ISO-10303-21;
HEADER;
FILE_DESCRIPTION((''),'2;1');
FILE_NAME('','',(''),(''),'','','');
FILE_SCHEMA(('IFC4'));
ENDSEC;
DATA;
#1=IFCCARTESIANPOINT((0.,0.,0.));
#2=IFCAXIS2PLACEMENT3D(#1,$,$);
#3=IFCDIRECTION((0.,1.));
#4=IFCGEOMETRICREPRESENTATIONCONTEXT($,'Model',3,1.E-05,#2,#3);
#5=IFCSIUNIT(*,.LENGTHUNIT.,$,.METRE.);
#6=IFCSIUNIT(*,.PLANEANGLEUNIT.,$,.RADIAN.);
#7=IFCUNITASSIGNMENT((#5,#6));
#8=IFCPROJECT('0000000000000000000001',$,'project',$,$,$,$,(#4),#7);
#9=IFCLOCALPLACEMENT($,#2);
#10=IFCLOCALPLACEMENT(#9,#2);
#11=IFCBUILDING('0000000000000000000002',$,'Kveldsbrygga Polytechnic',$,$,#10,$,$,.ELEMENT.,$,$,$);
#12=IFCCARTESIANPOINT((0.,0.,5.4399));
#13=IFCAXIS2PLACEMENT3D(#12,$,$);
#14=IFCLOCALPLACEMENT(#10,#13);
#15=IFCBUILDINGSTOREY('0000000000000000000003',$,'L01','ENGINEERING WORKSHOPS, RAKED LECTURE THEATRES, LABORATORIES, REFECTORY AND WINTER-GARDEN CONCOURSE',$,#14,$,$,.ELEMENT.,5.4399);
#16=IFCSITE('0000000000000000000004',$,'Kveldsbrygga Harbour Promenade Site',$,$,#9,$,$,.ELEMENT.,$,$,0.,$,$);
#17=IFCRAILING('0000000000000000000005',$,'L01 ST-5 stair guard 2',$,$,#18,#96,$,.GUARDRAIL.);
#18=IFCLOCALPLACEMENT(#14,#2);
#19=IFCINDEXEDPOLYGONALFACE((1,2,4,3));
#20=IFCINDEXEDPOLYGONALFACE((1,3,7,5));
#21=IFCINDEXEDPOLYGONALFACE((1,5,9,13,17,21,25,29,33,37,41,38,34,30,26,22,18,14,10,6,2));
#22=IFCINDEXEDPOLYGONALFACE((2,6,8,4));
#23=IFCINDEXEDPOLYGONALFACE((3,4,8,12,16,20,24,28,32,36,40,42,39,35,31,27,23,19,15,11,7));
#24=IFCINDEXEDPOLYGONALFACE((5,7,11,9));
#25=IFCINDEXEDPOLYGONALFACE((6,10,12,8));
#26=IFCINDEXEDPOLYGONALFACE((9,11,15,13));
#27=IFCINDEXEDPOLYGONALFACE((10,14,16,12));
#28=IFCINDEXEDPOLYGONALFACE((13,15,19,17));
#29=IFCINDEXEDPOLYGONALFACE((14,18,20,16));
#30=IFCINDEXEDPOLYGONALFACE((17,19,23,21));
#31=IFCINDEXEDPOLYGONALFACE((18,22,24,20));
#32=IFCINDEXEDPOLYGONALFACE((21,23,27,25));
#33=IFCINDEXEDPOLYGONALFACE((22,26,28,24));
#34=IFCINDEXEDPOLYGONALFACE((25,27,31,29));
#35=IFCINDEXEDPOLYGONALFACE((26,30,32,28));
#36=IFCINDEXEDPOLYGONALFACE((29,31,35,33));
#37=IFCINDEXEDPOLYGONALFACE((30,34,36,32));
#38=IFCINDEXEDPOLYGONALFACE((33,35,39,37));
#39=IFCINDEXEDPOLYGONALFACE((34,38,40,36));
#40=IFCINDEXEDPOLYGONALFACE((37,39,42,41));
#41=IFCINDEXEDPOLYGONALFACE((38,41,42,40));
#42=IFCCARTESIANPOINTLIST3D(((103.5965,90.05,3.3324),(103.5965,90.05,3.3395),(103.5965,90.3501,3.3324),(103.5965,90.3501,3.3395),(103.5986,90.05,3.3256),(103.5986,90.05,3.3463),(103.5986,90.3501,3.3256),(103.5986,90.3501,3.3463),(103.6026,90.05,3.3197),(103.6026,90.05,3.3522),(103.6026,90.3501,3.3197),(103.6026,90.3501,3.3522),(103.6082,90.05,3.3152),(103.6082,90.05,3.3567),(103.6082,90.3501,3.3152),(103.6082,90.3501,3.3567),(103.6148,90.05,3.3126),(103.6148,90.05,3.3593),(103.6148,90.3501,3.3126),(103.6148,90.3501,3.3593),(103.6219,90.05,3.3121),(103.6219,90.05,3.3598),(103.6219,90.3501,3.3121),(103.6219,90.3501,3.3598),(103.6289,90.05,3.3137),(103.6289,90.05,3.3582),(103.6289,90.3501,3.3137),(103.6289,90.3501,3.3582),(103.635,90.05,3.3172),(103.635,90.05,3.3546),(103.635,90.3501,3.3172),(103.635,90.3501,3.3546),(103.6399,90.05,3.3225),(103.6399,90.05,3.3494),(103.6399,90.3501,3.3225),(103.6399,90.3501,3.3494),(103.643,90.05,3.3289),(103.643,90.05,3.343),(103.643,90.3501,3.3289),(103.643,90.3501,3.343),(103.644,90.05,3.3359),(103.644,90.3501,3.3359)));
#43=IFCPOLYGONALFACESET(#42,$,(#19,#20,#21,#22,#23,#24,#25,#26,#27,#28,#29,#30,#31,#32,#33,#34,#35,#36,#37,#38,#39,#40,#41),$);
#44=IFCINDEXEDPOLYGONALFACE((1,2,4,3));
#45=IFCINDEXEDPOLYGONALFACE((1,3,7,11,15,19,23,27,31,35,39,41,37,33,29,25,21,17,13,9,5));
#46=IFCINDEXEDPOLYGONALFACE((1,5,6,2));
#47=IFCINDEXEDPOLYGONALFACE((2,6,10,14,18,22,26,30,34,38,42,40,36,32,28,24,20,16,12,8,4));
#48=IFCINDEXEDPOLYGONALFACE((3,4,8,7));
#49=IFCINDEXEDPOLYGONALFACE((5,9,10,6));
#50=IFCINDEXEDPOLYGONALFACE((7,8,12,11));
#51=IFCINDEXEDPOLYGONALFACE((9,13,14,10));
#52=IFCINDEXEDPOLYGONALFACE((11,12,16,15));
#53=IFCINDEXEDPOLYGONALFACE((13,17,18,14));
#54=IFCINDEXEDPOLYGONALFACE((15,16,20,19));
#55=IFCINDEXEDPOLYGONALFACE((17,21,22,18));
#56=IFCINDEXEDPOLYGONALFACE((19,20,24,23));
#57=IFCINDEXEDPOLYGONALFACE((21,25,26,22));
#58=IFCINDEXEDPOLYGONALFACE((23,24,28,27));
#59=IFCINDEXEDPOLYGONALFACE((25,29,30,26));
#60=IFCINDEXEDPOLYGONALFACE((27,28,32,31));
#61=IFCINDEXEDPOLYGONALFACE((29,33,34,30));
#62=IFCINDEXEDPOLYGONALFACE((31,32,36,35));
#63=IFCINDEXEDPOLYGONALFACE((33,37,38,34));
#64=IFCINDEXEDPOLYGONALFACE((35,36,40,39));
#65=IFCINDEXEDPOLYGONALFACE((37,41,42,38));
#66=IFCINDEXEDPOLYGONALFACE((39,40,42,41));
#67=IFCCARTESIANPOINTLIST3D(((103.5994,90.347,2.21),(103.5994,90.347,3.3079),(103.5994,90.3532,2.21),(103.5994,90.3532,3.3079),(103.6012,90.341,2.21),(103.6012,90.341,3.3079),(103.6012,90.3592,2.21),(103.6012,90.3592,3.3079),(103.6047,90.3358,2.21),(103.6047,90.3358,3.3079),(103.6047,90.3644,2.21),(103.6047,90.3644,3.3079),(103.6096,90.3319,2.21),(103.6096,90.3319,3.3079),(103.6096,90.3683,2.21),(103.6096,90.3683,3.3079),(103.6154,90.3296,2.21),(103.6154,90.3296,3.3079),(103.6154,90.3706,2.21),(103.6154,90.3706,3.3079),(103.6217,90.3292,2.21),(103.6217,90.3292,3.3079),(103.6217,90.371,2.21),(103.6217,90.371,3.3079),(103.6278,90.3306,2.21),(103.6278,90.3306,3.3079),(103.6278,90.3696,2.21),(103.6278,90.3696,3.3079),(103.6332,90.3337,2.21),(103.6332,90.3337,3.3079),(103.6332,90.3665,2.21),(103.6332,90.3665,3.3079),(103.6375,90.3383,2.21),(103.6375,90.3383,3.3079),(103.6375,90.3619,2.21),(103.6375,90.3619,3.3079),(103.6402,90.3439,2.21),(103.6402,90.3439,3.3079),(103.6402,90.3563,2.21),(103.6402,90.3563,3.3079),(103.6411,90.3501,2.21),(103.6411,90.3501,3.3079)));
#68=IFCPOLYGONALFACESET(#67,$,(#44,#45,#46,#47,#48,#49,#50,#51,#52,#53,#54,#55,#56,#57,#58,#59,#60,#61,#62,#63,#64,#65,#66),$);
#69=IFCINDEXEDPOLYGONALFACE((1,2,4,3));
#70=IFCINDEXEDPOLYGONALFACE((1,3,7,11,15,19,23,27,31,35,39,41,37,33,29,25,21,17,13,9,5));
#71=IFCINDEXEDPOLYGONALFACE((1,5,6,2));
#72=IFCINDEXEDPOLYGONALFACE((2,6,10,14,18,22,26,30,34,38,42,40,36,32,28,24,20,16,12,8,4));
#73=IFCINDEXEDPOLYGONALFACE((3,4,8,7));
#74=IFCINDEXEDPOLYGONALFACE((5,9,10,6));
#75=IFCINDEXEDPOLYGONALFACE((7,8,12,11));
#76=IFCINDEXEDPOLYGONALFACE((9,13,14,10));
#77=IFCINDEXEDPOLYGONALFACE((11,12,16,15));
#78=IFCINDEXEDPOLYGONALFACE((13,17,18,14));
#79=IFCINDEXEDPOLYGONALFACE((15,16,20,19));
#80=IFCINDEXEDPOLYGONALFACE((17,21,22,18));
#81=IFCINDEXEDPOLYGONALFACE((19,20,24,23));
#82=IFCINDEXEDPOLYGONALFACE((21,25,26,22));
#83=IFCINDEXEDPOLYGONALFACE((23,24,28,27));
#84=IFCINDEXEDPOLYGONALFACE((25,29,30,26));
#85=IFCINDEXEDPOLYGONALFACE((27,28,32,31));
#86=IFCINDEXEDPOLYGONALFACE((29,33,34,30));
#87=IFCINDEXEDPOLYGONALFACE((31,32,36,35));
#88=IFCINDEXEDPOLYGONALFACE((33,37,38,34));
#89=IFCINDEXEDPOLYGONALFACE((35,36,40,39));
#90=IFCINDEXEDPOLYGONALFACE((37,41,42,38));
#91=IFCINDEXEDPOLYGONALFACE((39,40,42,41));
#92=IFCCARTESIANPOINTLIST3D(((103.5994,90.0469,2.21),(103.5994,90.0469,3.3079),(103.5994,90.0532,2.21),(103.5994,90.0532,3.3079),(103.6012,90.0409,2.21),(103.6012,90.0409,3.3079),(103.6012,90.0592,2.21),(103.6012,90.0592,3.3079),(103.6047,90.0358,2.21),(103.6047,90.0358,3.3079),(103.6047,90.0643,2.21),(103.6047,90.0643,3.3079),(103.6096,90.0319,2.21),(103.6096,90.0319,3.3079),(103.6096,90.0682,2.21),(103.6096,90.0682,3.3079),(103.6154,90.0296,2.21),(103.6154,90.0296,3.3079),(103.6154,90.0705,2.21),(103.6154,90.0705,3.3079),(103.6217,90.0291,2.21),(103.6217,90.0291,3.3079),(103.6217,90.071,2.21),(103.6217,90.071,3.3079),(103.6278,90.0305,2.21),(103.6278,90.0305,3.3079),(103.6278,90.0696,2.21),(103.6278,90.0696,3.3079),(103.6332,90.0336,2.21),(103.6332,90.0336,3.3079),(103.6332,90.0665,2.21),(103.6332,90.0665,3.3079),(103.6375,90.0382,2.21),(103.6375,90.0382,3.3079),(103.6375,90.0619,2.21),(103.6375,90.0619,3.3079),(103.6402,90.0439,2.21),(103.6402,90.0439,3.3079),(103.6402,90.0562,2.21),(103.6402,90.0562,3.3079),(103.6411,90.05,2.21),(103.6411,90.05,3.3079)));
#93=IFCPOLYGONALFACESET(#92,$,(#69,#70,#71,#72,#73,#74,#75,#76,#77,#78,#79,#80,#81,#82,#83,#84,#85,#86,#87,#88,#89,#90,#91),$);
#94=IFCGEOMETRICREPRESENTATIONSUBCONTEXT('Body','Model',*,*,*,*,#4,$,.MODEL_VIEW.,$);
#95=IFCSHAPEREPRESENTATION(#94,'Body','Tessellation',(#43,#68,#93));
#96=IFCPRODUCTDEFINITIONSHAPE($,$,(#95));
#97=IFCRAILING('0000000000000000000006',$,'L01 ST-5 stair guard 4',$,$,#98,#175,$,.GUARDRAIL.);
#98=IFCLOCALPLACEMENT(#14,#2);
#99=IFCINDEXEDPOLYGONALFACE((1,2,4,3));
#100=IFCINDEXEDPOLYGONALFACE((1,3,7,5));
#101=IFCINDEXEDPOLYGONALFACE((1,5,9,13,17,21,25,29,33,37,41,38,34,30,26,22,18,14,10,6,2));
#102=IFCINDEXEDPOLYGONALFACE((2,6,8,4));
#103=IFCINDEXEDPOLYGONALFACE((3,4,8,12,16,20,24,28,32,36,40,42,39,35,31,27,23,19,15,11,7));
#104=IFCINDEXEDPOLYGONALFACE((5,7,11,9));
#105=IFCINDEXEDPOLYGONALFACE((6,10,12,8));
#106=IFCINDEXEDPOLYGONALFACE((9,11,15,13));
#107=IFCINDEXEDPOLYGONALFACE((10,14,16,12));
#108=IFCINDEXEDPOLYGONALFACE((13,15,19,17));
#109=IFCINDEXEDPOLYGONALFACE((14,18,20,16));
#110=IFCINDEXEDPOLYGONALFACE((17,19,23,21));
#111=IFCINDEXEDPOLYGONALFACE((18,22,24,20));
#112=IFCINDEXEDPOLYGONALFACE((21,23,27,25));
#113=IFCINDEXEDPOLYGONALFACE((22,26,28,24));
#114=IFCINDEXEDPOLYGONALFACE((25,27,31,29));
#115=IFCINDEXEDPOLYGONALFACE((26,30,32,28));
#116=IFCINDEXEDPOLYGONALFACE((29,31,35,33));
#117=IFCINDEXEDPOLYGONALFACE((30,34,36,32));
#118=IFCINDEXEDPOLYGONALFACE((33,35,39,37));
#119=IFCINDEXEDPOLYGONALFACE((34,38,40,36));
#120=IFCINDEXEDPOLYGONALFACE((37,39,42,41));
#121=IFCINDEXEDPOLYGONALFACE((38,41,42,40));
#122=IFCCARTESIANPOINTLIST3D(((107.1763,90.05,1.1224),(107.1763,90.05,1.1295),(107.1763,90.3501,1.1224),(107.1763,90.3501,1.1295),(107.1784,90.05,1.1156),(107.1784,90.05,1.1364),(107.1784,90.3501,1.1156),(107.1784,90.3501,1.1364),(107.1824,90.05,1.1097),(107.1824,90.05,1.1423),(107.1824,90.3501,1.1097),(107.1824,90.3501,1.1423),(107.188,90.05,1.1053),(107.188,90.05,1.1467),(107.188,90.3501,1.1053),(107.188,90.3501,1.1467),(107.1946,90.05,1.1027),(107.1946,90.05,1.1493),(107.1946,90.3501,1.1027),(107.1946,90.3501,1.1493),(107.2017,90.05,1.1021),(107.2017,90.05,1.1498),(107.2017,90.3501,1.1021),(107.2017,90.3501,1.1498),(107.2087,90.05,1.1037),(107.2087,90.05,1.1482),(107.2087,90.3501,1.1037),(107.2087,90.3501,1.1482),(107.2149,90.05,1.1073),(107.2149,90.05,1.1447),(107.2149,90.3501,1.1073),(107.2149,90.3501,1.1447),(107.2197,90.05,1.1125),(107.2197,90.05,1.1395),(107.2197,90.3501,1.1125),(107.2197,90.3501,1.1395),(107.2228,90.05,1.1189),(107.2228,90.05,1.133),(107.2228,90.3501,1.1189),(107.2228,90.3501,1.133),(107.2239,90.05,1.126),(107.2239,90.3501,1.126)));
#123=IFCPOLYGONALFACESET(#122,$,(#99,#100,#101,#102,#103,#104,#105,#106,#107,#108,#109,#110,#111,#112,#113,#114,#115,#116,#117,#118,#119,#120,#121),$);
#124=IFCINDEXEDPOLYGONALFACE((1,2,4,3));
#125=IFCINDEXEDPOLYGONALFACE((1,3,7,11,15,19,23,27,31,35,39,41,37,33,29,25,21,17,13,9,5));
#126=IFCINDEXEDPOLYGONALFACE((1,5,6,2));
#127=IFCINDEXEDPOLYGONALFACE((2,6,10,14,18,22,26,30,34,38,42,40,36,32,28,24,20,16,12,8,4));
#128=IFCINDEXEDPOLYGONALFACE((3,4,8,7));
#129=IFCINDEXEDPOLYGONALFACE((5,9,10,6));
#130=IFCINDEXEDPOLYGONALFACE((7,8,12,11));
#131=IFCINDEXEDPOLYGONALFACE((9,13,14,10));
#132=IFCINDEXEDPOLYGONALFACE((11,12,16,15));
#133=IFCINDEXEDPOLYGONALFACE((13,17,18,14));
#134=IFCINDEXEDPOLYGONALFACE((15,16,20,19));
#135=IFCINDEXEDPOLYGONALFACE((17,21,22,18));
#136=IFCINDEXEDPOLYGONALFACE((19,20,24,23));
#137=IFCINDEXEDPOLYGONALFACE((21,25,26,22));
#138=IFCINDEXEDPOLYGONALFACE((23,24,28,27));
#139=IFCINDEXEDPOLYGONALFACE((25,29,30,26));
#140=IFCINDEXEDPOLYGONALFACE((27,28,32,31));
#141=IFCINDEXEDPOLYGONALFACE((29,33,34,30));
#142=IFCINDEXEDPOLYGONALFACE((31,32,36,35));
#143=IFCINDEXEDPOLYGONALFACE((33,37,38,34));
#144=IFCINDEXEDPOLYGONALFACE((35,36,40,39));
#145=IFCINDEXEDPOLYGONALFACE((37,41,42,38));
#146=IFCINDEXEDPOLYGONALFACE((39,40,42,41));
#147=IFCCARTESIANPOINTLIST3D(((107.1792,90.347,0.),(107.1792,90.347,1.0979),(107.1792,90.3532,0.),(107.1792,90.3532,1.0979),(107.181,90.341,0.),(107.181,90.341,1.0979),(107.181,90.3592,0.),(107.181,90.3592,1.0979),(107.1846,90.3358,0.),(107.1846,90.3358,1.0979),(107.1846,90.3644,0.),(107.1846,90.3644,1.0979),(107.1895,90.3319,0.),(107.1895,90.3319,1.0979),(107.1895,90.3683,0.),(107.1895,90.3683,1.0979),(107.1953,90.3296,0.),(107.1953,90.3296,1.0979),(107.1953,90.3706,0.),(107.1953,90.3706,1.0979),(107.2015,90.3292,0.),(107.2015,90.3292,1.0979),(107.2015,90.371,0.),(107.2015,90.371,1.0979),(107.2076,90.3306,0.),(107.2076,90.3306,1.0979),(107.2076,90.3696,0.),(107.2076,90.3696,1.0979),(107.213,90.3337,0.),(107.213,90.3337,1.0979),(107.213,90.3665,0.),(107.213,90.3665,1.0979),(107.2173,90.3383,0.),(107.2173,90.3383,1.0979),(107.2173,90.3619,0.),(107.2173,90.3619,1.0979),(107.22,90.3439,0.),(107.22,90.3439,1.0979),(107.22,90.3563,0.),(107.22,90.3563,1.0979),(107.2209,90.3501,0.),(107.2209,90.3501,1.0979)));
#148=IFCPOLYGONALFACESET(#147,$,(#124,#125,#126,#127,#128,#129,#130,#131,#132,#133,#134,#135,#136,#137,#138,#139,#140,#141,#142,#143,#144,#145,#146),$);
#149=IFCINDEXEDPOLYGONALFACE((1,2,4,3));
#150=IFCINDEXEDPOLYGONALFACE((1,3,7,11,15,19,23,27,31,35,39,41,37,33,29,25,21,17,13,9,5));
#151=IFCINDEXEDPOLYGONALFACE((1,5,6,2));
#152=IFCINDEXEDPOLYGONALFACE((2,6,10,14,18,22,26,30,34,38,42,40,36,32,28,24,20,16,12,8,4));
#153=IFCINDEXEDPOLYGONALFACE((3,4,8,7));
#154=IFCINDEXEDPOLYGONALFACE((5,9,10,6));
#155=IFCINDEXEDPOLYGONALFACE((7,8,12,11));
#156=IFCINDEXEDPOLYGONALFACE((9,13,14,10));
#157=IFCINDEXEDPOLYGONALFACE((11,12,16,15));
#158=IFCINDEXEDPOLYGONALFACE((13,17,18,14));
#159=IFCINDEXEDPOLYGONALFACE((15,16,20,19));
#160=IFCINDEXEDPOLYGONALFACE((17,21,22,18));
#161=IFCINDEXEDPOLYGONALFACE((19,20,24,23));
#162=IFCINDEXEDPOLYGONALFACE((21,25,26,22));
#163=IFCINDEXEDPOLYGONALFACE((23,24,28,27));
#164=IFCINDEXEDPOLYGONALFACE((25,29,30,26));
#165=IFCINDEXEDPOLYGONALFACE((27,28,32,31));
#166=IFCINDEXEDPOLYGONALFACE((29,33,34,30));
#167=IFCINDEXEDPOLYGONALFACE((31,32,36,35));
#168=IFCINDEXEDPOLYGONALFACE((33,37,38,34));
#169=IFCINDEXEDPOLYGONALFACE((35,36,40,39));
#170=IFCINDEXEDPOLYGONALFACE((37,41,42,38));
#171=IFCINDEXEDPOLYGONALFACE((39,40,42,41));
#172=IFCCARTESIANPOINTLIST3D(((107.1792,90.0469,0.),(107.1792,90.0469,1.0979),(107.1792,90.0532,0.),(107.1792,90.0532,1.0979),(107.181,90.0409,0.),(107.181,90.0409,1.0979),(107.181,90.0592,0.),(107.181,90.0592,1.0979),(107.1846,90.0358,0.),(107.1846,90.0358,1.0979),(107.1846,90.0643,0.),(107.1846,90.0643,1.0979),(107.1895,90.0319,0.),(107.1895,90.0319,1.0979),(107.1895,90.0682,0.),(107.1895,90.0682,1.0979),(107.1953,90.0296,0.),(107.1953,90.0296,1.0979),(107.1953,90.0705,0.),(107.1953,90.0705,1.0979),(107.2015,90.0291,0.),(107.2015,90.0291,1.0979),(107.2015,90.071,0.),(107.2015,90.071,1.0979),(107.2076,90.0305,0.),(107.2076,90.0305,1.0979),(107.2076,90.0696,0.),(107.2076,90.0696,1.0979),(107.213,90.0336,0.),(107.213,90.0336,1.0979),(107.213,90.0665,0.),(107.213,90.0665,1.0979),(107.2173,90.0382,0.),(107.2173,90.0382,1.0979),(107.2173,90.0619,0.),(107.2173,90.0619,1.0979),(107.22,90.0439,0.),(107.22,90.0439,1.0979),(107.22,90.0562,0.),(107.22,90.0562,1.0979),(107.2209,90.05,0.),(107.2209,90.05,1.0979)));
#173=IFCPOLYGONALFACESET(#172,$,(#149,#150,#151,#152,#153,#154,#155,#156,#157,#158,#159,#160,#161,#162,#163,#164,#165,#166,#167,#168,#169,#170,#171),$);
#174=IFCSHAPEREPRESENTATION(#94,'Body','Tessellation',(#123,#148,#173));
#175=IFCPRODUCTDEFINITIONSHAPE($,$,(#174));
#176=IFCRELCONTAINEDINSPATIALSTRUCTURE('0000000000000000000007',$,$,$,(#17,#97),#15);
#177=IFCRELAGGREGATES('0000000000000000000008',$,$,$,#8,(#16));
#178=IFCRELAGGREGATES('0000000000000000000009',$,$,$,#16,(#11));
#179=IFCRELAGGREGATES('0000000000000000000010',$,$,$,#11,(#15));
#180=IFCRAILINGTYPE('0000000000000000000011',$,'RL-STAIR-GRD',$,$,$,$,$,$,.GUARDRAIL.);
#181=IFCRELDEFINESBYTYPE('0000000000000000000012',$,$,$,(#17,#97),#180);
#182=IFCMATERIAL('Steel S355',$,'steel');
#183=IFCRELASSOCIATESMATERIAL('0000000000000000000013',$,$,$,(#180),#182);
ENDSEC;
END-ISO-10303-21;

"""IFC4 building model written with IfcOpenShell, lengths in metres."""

from ifc_helpers import new_model, si_unit, direction, frame, origin, origin_2d, place, context, subcontext, project, spatial, circle, extrude, material, type_object, element, save


model = new_model("IFC4")

# Units and contexts
model_context = context("Model", 3, precision=1e-05, world=origin(), true_north=direction((0.0, 1.0)))
body_context = subcontext(model_context, "Body", "Model", "MODEL_VIEW")
ifc_project = project(units=[si_unit("LENGTHUNIT", "METRE"), si_unit("PLANEANGLEUNIT", "RADIAN")], contexts=[model_context])

# Site, building, storey
site_placement = place(None, origin())
site = spatial("IfcSite", under=ifc_project, at=site_placement, Name="Kveldsbrygga Harbour Promenade Site", CompositionType="ELEMENT", RefElevation=0.0)
building_placement = place(site_placement, origin())
building = spatial("IfcBuilding", under=site, at=building_placement, Name="Kveldsbrygga Polytechnic", CompositionType="ELEMENT")
storey_placement = place(building_placement, frame((0.0, 0.0, 5.4399)))
storey = spatial("IfcBuildingStorey", under=building, at=storey_placement, Name="L01", Description="ENGINEERING WORKSHOPS, RAKED LECTURE THEATRES, LABORATORIES, REFECTORY AND WINTER-GARDEN CONCOURSE", CompositionType="ELEMENT", Elevation=5.4399)

# Shared definitions
ifc_material_1 = material(Name="Steel S355", Category="steel")

# Railings
railing_type_1 = type_object("IfcRailingType", Name="RL-STAIR-GRD", PredefinedType="GUARDRAIL", material=ifc_material_1)
for number, where, name in (
    (1, (103.6201, 90.3501, 2.21), "L01 ST-5 stair guard 2"),
    (2, (107.2, 90.3501, 0.0), "L01 ST-5 stair guard 4"),
):
    element("IfcRailing", number, at=place(storey_placement, frame(where)), inside=storey, type_object=railing_type_1, Name=name, PredefinedType="GUARDRAIL", context=body_context, shape_type="SweptSolid", body=[
        extrude(circle(Radius=0.0239, at=origin_2d()), frame((0.0, 0.0, 1.126), z_axis=(0.0, -1.0, 0.0), x_axis=(1.0, 0.0, 0.0)), (0.0, 0.0, 1.0), 0.3),
        extrude(circle(Radius=0.021, at=origin_2d()), origin(), (0.0, 0.0, 1.0), 1.0979),
        extrude(circle(Radius=0.021, at=origin_2d()), frame((0.0, -0.3, 0.0)), (0.0, 0.0, 1.0), 1.0979),
    ])

save(model, "model.ifc")
